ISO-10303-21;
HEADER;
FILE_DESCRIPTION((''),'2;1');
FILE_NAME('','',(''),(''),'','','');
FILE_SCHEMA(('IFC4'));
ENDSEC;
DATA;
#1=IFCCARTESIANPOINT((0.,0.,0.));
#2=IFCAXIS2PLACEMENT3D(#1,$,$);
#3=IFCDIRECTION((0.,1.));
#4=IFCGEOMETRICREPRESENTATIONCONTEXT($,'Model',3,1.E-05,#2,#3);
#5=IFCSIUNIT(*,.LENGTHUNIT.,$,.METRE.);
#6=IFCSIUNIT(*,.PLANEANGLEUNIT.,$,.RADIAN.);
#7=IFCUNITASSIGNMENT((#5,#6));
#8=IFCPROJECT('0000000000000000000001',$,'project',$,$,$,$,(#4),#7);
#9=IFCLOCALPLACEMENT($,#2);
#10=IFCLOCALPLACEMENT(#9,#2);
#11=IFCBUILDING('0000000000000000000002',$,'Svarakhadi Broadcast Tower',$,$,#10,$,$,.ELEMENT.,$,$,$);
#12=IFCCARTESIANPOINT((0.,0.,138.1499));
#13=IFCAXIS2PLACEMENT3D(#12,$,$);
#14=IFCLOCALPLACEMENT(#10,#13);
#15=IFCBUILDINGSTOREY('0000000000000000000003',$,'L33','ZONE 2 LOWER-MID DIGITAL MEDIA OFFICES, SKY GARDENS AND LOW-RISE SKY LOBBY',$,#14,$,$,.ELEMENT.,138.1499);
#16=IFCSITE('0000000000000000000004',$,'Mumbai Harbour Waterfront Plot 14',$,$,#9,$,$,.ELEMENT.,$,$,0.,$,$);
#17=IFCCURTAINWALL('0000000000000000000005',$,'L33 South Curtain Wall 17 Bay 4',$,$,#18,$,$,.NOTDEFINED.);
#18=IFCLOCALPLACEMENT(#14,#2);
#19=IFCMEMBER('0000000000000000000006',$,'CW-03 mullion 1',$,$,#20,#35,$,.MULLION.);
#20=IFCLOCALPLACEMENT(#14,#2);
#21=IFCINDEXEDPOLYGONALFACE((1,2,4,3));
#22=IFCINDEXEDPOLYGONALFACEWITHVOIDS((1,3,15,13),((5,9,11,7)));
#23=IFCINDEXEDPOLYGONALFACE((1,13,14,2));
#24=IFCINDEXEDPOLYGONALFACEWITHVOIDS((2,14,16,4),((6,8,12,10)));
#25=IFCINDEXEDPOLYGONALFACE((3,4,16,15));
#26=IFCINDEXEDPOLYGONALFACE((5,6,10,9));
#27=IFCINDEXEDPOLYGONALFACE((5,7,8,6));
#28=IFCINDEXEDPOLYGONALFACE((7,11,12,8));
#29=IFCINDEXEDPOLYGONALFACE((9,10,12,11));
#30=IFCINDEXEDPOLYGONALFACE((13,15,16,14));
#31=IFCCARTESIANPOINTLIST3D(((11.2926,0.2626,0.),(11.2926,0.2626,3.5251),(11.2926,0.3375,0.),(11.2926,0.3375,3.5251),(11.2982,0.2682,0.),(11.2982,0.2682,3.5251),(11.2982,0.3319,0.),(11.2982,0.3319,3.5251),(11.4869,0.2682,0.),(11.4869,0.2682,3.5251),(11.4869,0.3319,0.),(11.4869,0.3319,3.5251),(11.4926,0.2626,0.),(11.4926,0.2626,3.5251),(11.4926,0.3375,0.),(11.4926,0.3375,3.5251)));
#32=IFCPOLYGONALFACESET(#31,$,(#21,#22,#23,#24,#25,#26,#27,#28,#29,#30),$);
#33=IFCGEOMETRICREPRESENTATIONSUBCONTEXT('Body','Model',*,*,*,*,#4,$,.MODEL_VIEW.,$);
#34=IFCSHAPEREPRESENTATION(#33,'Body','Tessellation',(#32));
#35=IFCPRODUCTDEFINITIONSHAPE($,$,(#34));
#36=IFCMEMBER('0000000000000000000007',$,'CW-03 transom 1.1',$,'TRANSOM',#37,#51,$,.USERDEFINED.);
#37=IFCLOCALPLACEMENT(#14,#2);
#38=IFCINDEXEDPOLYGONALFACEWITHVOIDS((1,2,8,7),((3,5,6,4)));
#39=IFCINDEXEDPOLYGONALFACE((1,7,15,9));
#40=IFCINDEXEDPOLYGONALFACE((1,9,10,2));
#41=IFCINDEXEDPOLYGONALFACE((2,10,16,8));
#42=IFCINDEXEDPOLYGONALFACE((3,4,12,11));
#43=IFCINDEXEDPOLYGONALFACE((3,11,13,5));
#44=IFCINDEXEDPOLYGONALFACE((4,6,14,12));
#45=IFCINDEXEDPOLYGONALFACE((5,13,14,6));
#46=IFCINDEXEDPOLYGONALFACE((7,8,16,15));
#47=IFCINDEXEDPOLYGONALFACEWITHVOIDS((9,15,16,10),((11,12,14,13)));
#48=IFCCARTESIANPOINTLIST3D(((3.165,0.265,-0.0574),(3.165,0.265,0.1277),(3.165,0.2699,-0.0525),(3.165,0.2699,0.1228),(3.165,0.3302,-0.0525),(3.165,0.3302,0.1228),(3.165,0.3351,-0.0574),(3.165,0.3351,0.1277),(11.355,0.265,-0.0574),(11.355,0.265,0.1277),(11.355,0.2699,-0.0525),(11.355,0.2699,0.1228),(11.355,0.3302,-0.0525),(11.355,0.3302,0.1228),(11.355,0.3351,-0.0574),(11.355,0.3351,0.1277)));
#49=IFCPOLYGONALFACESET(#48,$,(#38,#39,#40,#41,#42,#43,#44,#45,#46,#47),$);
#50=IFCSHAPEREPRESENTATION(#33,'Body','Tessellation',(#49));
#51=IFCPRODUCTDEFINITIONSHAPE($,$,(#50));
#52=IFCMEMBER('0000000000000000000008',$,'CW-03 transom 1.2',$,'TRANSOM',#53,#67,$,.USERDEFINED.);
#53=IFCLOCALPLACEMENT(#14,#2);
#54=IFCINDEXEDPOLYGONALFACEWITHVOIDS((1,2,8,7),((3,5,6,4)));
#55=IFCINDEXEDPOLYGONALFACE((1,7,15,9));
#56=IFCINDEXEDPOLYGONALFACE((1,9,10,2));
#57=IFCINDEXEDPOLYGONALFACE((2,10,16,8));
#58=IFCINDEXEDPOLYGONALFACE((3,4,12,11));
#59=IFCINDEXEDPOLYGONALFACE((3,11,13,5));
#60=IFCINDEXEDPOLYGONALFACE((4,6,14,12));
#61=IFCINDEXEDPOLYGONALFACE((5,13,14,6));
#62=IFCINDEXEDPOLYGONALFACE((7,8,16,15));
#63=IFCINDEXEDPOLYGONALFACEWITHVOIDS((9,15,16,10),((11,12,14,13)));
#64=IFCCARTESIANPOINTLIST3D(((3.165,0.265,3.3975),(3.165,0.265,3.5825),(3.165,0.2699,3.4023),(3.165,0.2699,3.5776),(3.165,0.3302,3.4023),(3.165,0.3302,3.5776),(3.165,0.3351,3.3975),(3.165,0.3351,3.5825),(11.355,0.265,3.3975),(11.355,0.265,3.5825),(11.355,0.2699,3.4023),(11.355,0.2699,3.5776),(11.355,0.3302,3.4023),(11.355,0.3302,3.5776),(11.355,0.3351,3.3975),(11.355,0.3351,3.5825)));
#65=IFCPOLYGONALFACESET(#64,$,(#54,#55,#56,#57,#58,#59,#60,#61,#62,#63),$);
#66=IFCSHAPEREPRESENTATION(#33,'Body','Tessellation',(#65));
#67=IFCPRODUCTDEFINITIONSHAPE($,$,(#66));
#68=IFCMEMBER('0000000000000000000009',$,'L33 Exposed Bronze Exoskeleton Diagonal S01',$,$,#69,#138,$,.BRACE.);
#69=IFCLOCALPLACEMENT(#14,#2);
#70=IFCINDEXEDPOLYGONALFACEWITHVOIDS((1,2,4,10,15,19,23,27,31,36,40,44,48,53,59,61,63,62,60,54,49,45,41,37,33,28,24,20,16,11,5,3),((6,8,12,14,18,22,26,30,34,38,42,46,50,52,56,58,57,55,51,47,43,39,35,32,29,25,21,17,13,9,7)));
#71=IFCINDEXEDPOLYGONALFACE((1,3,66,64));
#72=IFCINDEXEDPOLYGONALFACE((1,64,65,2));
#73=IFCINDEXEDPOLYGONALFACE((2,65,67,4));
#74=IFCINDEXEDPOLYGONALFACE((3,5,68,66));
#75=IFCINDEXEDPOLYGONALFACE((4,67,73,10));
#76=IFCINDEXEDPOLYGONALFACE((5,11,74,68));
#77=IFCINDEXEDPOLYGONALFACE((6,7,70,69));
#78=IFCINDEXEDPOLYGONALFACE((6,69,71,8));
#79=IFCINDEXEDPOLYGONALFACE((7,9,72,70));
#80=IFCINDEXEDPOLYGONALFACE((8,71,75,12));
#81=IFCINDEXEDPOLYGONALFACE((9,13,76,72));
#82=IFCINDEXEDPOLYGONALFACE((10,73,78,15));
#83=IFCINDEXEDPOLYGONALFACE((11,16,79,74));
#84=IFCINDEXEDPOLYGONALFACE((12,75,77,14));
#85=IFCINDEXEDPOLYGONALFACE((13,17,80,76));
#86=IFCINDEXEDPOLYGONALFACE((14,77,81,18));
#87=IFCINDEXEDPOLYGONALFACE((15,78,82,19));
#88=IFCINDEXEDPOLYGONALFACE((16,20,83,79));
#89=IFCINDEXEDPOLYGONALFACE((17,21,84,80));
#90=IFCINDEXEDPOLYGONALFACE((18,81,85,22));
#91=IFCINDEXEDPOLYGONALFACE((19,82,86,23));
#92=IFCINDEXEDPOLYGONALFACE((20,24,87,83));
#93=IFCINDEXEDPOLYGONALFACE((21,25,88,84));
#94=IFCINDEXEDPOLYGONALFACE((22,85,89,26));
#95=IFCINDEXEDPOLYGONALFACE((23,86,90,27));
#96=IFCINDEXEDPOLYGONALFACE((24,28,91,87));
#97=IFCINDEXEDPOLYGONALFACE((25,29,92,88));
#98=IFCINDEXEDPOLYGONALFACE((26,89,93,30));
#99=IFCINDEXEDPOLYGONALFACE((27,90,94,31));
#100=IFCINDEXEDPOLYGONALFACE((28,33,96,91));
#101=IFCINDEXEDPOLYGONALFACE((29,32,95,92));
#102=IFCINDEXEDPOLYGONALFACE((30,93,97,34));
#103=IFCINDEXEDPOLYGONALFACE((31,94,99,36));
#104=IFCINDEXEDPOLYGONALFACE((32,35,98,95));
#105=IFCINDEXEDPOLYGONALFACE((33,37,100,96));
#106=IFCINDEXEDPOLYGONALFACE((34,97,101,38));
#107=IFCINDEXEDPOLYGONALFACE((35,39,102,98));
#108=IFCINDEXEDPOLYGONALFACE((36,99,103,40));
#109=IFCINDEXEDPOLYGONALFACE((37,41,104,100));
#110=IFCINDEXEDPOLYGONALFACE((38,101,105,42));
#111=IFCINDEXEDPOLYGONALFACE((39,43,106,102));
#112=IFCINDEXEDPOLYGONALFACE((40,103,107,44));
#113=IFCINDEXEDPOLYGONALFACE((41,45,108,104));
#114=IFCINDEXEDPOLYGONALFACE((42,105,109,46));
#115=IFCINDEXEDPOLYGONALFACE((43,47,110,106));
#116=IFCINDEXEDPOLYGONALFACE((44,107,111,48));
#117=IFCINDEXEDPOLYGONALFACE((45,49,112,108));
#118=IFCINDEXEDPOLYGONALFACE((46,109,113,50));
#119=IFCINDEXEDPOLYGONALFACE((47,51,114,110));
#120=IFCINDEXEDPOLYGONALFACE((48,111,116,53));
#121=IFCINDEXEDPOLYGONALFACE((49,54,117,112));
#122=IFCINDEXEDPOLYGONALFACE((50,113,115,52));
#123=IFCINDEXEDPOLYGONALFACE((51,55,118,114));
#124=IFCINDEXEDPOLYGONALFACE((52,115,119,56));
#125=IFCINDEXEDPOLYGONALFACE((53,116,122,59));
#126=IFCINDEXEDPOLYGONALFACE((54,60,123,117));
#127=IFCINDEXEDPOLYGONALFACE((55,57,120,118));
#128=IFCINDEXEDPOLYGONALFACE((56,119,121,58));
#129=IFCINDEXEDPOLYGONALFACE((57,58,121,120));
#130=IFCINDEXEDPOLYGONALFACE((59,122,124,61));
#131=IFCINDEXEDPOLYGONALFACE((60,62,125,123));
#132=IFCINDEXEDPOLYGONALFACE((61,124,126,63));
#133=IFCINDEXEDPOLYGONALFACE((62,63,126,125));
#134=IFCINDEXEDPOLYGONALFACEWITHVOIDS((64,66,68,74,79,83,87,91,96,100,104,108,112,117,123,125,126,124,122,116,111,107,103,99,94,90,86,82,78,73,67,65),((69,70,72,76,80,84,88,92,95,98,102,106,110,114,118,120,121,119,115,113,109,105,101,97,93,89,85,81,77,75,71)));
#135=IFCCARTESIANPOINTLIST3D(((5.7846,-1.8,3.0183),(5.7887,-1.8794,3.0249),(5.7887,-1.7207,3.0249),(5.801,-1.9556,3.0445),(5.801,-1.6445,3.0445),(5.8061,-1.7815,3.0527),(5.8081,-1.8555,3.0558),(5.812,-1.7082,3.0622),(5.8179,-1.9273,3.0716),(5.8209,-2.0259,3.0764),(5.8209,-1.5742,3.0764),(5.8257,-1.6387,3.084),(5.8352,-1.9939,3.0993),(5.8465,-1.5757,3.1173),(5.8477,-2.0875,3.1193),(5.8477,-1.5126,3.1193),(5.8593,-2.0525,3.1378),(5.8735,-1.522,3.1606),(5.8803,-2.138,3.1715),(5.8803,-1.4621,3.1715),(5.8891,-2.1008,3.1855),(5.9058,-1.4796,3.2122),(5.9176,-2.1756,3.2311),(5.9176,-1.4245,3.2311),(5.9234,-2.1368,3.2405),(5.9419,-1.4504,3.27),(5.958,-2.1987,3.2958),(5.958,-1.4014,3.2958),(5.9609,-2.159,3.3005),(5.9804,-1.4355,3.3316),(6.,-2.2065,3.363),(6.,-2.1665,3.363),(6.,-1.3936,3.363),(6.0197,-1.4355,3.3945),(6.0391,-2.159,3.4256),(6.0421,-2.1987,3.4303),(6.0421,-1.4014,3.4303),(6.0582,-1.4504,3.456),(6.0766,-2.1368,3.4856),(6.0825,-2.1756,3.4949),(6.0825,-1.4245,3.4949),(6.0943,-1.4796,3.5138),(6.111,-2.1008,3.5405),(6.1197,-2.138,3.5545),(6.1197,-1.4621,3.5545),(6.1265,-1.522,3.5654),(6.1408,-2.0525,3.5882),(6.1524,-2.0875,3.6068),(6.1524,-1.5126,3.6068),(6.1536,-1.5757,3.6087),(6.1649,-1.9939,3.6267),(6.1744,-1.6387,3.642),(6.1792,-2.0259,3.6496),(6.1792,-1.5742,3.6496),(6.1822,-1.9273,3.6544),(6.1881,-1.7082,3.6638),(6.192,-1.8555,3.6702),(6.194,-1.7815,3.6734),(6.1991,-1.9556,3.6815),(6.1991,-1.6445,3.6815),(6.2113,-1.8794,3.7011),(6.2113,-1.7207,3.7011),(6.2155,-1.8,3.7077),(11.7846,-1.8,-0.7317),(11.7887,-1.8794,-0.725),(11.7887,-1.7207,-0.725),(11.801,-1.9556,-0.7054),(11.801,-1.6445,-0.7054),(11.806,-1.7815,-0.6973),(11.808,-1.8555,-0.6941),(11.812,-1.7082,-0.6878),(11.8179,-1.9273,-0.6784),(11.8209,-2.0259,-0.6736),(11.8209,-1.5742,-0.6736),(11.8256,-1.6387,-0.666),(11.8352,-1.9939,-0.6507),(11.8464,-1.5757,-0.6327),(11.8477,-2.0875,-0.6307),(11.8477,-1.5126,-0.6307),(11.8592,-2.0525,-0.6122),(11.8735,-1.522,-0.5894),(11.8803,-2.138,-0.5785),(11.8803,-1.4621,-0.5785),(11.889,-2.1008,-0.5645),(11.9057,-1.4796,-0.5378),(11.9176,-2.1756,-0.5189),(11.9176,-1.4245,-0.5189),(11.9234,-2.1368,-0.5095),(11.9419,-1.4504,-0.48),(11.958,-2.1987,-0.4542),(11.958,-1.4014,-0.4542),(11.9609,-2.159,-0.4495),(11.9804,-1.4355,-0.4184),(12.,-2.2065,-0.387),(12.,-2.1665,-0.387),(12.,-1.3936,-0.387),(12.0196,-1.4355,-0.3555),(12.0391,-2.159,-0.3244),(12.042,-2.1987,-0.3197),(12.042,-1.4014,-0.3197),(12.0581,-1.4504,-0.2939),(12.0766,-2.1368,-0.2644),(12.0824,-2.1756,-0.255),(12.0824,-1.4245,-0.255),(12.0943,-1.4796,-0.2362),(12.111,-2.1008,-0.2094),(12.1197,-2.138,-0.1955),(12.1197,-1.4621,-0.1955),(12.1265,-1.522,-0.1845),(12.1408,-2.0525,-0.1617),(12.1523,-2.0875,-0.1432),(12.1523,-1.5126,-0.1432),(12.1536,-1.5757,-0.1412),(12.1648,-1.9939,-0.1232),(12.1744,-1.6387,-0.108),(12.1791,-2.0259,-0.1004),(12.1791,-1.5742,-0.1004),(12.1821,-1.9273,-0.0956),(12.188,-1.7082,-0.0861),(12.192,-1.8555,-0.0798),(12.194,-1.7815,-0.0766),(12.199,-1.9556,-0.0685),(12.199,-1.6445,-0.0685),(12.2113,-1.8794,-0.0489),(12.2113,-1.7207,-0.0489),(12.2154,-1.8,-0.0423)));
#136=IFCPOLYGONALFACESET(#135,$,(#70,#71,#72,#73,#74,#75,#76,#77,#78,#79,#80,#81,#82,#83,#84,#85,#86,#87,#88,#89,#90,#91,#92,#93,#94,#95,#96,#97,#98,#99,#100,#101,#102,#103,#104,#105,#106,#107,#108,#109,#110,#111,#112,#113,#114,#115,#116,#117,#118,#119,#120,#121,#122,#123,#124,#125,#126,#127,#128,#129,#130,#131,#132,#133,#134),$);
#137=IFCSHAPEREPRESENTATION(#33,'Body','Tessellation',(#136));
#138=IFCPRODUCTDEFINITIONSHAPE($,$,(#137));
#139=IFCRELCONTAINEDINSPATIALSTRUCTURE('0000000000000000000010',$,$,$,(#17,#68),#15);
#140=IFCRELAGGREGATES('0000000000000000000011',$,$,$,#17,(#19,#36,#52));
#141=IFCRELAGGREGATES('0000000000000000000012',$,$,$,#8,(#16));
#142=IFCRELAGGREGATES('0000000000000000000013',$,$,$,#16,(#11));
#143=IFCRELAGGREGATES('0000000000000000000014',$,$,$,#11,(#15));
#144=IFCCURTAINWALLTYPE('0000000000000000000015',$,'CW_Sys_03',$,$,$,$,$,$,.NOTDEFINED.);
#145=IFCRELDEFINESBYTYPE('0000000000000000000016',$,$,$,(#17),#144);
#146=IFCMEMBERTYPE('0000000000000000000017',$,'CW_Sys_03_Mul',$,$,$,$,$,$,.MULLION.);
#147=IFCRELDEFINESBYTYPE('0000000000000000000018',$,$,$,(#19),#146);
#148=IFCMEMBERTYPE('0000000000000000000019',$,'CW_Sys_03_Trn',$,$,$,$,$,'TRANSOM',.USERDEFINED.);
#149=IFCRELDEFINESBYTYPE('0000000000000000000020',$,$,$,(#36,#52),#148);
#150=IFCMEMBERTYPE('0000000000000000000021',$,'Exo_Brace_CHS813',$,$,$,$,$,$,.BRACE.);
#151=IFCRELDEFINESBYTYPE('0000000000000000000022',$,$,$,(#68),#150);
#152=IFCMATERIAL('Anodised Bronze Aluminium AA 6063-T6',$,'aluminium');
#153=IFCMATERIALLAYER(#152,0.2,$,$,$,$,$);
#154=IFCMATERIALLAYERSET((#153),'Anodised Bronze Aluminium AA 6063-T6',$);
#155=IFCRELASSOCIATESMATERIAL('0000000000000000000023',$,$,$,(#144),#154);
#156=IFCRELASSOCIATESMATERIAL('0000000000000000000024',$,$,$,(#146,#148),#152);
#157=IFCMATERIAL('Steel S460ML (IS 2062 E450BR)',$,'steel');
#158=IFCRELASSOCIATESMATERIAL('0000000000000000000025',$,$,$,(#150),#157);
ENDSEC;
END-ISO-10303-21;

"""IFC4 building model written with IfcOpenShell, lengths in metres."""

from ifc_helpers import new_model, si_unit, direction, frame, origin, origin_2d, place, context, subcontext, project, spatial, hollow_rectangle, hollow_circle, extrude, material, layer, layer_set, material_profile, profile_set, type_object, element, aggregate, save


model = new_model("IFC4")

# Units and contexts
model_context = context("Model", 3, precision=1e-05, world=origin(), true_north=direction((0.0, 1.0)))
body_context = subcontext(model_context, "Body", "Model", "MODEL_VIEW")
ifc_project = project(units=[si_unit("LENGTHUNIT", "METRE"), si_unit("PLANEANGLEUNIT", "RADIAN")], contexts=[model_context])

# Site, building, storey
site_placement = place(None, origin())
site = spatial("IfcSite", under=ifc_project, at=site_placement, Name="Mumbai Harbour Waterfront Plot 14", CompositionType="ELEMENT", RefElevation=0.0)
building_placement = place(site_placement, origin())
building = spatial("IfcBuilding", under=site, at=building_placement, Name="Svarakhadi Broadcast Tower", CompositionType="ELEMENT")
storey_placement = place(building_placement, frame((0.0, 0.0, 138.1499)))
storey = spatial("IfcBuildingStorey", under=building, at=storey_placement, Name="L33", Description="ZONE 2 LOWER-MID DIGITAL MEDIA OFFICES, SKY GARDENS AND LOW-RISE SKY LOBBY", CompositionType="ELEMENT", Elevation=138.1499)

# Shared definitions
ifc_material_1 = material(Name="Steel S460ML (IS 2062 E450BR)", Category="steel")

# Shared definitions
ifc_material_2 = material(Name="Anodised Bronze Aluminium AA 6063-T6", Category="aluminium")
ifc_layer_1 = layer(ifc_material_2, 0.2)
ifc_layer_set_1 = layer_set([ifc_layer_1], Name="Anodised Bronze Aluminium AA 6063-T6")
curtain_wall_type = type_object("IfcCurtainWallType", Name="CW_Sys_03", PredefinedType="NOTDEFINED", material=ifc_layer_set_1)
ifc_material_profile_1 = material_profile(ifc_material_2, hollow_rectangle(XDim=0.075, YDim=0.2, WallThickness=0.0056, at=origin_2d()), Name="ALU MULLION 200x75x6")
ifc_profile_set_1 = profile_set([ifc_material_profile_1], Name="Anodised Bronze Aluminium AA 6063-T6")
member_type_1 = type_object("IfcMemberType", Name="CW_Sys_03_Mul", PredefinedType="MULLION", material=ifc_profile_set_1)

# Curtain wall, members
curtain_wall_1_placement = place(storey_placement, origin())
curtain_wall_1 = element("IfcCurtainWall", 1, at=curtain_wall_1_placement, inside=storey, type_object=curtain_wall_type, Name="L33 South Curtain Wall 17 Bay 4", PredefinedType="NOTDEFINED")
member_1_placement = place(storey_placement, frame((11.3926, 0.3, 0.0), z_axis=(0.0, 0.0, 1.0), x_axis=(0.0, -1.0, 0.0)))
member_1 = element("IfcMember", 2, at=member_1_placement, type_object=member_type_1, Name="CW-03 mullion 1", PredefinedType="MULLION", context=body_context, shape_type="SweptSolid", body=[
    extrude(hollow_rectangle(XDim=0.075, YDim=0.2, WallThickness=0.0056, at=origin_2d()), origin(), (0.0, 0.0, 1.0), 3.5251),
])
ifc_material_profile_2 = material_profile(ifc_material_2, hollow_rectangle(XDim=0.0701, YDim=0.1851, WallThickness=0.0049, at=origin_2d()), Name="ALU TRANSOM 185x70x5")
ifc_profile_set_2 = profile_set([ifc_material_profile_2], Name="Anodised Bronze Aluminium AA 6063-T6")
member_type_2 = type_object("IfcMemberType", Name="CW_Sys_03_Trn", ElementType="TRANSOM", PredefinedType="USERDEFINED", material=ifc_profile_set_2)
member_2_placement = place(storey_placement, frame((11.355, 0.3, 0.0352), z_axis=(-1.0, 0.0, 0.0), x_axis=(0.0, -1.0, 0.0)))
member_2 = element("IfcMember", 3, at=member_2_placement, type_object=member_type_2, Name="CW-03 transom 1.1", ObjectType="TRANSOM", PredefinedType="USERDEFINED", context=body_context, shape_type="SweptSolid", body=[
    extrude(hollow_rectangle(XDim=0.0701, YDim=0.1851, WallThickness=0.0049, at=origin_2d()), origin(), (0.0, 0.0, 1.0), 8.1899),
])
member_3_placement = place(storey_placement, frame((11.355, 0.3, 3.49), z_axis=(-1.0, 0.0, 0.0), x_axis=(0.0, -1.0, 0.0)))
member_3 = element("IfcMember", 4, at=member_3_placement, type_object=member_type_2, Name="CW-03 transom 1.2", ObjectType="TRANSOM", PredefinedType="USERDEFINED", context=body_context, shape_type="SweptSolid", body=[
    extrude(hollow_rectangle(XDim=0.0701, YDim=0.1851, WallThickness=0.0049, at=origin_2d()), origin(), (0.0, 0.0, 1.0), 8.1899),
])

# Member
ifc_material_profile_3 = material_profile(ifc_material_1, hollow_circle(Radius=0.4065, WallThickness=0.04, at=origin_2d()), Name="CHS 813x40")
ifc_profile_set_3 = profile_set([ifc_material_profile_3], Name="Steel S460ML (IS 2062 E450BR)")
member_type_3 = type_object("IfcMemberType", Name="Exo_Brace_CHS813", PredefinedType="BRACE", material=ifc_profile_set_3)
for number, where, z_axis, x_axis, name in (
    (5, (12.0, -1.8, -0.387), (-0.847998, 0.0, 0.529999), (0.0, -1.0, 0.0), "L33 Exposed Bronze Exoskeleton Diagonal S01"),
):
    element("IfcMember", number, at=place(storey_placement, frame(where, z_axis=z_axis, x_axis=x_axis)), inside=storey, type_object=member_type_3, Name=name, PredefinedType="BRACE", context=body_context, shape_type="SweptSolid", body=[
        extrude(hollow_circle(Radius=0.4065, WallThickness=0.04, at=origin_2d()), origin(), (0.0, 0.0, 1.0), 7.0754),
    ])

aggregate(curtain_wall_1, [member_1, member_2, member_3])

save(model, "model.ifc")
